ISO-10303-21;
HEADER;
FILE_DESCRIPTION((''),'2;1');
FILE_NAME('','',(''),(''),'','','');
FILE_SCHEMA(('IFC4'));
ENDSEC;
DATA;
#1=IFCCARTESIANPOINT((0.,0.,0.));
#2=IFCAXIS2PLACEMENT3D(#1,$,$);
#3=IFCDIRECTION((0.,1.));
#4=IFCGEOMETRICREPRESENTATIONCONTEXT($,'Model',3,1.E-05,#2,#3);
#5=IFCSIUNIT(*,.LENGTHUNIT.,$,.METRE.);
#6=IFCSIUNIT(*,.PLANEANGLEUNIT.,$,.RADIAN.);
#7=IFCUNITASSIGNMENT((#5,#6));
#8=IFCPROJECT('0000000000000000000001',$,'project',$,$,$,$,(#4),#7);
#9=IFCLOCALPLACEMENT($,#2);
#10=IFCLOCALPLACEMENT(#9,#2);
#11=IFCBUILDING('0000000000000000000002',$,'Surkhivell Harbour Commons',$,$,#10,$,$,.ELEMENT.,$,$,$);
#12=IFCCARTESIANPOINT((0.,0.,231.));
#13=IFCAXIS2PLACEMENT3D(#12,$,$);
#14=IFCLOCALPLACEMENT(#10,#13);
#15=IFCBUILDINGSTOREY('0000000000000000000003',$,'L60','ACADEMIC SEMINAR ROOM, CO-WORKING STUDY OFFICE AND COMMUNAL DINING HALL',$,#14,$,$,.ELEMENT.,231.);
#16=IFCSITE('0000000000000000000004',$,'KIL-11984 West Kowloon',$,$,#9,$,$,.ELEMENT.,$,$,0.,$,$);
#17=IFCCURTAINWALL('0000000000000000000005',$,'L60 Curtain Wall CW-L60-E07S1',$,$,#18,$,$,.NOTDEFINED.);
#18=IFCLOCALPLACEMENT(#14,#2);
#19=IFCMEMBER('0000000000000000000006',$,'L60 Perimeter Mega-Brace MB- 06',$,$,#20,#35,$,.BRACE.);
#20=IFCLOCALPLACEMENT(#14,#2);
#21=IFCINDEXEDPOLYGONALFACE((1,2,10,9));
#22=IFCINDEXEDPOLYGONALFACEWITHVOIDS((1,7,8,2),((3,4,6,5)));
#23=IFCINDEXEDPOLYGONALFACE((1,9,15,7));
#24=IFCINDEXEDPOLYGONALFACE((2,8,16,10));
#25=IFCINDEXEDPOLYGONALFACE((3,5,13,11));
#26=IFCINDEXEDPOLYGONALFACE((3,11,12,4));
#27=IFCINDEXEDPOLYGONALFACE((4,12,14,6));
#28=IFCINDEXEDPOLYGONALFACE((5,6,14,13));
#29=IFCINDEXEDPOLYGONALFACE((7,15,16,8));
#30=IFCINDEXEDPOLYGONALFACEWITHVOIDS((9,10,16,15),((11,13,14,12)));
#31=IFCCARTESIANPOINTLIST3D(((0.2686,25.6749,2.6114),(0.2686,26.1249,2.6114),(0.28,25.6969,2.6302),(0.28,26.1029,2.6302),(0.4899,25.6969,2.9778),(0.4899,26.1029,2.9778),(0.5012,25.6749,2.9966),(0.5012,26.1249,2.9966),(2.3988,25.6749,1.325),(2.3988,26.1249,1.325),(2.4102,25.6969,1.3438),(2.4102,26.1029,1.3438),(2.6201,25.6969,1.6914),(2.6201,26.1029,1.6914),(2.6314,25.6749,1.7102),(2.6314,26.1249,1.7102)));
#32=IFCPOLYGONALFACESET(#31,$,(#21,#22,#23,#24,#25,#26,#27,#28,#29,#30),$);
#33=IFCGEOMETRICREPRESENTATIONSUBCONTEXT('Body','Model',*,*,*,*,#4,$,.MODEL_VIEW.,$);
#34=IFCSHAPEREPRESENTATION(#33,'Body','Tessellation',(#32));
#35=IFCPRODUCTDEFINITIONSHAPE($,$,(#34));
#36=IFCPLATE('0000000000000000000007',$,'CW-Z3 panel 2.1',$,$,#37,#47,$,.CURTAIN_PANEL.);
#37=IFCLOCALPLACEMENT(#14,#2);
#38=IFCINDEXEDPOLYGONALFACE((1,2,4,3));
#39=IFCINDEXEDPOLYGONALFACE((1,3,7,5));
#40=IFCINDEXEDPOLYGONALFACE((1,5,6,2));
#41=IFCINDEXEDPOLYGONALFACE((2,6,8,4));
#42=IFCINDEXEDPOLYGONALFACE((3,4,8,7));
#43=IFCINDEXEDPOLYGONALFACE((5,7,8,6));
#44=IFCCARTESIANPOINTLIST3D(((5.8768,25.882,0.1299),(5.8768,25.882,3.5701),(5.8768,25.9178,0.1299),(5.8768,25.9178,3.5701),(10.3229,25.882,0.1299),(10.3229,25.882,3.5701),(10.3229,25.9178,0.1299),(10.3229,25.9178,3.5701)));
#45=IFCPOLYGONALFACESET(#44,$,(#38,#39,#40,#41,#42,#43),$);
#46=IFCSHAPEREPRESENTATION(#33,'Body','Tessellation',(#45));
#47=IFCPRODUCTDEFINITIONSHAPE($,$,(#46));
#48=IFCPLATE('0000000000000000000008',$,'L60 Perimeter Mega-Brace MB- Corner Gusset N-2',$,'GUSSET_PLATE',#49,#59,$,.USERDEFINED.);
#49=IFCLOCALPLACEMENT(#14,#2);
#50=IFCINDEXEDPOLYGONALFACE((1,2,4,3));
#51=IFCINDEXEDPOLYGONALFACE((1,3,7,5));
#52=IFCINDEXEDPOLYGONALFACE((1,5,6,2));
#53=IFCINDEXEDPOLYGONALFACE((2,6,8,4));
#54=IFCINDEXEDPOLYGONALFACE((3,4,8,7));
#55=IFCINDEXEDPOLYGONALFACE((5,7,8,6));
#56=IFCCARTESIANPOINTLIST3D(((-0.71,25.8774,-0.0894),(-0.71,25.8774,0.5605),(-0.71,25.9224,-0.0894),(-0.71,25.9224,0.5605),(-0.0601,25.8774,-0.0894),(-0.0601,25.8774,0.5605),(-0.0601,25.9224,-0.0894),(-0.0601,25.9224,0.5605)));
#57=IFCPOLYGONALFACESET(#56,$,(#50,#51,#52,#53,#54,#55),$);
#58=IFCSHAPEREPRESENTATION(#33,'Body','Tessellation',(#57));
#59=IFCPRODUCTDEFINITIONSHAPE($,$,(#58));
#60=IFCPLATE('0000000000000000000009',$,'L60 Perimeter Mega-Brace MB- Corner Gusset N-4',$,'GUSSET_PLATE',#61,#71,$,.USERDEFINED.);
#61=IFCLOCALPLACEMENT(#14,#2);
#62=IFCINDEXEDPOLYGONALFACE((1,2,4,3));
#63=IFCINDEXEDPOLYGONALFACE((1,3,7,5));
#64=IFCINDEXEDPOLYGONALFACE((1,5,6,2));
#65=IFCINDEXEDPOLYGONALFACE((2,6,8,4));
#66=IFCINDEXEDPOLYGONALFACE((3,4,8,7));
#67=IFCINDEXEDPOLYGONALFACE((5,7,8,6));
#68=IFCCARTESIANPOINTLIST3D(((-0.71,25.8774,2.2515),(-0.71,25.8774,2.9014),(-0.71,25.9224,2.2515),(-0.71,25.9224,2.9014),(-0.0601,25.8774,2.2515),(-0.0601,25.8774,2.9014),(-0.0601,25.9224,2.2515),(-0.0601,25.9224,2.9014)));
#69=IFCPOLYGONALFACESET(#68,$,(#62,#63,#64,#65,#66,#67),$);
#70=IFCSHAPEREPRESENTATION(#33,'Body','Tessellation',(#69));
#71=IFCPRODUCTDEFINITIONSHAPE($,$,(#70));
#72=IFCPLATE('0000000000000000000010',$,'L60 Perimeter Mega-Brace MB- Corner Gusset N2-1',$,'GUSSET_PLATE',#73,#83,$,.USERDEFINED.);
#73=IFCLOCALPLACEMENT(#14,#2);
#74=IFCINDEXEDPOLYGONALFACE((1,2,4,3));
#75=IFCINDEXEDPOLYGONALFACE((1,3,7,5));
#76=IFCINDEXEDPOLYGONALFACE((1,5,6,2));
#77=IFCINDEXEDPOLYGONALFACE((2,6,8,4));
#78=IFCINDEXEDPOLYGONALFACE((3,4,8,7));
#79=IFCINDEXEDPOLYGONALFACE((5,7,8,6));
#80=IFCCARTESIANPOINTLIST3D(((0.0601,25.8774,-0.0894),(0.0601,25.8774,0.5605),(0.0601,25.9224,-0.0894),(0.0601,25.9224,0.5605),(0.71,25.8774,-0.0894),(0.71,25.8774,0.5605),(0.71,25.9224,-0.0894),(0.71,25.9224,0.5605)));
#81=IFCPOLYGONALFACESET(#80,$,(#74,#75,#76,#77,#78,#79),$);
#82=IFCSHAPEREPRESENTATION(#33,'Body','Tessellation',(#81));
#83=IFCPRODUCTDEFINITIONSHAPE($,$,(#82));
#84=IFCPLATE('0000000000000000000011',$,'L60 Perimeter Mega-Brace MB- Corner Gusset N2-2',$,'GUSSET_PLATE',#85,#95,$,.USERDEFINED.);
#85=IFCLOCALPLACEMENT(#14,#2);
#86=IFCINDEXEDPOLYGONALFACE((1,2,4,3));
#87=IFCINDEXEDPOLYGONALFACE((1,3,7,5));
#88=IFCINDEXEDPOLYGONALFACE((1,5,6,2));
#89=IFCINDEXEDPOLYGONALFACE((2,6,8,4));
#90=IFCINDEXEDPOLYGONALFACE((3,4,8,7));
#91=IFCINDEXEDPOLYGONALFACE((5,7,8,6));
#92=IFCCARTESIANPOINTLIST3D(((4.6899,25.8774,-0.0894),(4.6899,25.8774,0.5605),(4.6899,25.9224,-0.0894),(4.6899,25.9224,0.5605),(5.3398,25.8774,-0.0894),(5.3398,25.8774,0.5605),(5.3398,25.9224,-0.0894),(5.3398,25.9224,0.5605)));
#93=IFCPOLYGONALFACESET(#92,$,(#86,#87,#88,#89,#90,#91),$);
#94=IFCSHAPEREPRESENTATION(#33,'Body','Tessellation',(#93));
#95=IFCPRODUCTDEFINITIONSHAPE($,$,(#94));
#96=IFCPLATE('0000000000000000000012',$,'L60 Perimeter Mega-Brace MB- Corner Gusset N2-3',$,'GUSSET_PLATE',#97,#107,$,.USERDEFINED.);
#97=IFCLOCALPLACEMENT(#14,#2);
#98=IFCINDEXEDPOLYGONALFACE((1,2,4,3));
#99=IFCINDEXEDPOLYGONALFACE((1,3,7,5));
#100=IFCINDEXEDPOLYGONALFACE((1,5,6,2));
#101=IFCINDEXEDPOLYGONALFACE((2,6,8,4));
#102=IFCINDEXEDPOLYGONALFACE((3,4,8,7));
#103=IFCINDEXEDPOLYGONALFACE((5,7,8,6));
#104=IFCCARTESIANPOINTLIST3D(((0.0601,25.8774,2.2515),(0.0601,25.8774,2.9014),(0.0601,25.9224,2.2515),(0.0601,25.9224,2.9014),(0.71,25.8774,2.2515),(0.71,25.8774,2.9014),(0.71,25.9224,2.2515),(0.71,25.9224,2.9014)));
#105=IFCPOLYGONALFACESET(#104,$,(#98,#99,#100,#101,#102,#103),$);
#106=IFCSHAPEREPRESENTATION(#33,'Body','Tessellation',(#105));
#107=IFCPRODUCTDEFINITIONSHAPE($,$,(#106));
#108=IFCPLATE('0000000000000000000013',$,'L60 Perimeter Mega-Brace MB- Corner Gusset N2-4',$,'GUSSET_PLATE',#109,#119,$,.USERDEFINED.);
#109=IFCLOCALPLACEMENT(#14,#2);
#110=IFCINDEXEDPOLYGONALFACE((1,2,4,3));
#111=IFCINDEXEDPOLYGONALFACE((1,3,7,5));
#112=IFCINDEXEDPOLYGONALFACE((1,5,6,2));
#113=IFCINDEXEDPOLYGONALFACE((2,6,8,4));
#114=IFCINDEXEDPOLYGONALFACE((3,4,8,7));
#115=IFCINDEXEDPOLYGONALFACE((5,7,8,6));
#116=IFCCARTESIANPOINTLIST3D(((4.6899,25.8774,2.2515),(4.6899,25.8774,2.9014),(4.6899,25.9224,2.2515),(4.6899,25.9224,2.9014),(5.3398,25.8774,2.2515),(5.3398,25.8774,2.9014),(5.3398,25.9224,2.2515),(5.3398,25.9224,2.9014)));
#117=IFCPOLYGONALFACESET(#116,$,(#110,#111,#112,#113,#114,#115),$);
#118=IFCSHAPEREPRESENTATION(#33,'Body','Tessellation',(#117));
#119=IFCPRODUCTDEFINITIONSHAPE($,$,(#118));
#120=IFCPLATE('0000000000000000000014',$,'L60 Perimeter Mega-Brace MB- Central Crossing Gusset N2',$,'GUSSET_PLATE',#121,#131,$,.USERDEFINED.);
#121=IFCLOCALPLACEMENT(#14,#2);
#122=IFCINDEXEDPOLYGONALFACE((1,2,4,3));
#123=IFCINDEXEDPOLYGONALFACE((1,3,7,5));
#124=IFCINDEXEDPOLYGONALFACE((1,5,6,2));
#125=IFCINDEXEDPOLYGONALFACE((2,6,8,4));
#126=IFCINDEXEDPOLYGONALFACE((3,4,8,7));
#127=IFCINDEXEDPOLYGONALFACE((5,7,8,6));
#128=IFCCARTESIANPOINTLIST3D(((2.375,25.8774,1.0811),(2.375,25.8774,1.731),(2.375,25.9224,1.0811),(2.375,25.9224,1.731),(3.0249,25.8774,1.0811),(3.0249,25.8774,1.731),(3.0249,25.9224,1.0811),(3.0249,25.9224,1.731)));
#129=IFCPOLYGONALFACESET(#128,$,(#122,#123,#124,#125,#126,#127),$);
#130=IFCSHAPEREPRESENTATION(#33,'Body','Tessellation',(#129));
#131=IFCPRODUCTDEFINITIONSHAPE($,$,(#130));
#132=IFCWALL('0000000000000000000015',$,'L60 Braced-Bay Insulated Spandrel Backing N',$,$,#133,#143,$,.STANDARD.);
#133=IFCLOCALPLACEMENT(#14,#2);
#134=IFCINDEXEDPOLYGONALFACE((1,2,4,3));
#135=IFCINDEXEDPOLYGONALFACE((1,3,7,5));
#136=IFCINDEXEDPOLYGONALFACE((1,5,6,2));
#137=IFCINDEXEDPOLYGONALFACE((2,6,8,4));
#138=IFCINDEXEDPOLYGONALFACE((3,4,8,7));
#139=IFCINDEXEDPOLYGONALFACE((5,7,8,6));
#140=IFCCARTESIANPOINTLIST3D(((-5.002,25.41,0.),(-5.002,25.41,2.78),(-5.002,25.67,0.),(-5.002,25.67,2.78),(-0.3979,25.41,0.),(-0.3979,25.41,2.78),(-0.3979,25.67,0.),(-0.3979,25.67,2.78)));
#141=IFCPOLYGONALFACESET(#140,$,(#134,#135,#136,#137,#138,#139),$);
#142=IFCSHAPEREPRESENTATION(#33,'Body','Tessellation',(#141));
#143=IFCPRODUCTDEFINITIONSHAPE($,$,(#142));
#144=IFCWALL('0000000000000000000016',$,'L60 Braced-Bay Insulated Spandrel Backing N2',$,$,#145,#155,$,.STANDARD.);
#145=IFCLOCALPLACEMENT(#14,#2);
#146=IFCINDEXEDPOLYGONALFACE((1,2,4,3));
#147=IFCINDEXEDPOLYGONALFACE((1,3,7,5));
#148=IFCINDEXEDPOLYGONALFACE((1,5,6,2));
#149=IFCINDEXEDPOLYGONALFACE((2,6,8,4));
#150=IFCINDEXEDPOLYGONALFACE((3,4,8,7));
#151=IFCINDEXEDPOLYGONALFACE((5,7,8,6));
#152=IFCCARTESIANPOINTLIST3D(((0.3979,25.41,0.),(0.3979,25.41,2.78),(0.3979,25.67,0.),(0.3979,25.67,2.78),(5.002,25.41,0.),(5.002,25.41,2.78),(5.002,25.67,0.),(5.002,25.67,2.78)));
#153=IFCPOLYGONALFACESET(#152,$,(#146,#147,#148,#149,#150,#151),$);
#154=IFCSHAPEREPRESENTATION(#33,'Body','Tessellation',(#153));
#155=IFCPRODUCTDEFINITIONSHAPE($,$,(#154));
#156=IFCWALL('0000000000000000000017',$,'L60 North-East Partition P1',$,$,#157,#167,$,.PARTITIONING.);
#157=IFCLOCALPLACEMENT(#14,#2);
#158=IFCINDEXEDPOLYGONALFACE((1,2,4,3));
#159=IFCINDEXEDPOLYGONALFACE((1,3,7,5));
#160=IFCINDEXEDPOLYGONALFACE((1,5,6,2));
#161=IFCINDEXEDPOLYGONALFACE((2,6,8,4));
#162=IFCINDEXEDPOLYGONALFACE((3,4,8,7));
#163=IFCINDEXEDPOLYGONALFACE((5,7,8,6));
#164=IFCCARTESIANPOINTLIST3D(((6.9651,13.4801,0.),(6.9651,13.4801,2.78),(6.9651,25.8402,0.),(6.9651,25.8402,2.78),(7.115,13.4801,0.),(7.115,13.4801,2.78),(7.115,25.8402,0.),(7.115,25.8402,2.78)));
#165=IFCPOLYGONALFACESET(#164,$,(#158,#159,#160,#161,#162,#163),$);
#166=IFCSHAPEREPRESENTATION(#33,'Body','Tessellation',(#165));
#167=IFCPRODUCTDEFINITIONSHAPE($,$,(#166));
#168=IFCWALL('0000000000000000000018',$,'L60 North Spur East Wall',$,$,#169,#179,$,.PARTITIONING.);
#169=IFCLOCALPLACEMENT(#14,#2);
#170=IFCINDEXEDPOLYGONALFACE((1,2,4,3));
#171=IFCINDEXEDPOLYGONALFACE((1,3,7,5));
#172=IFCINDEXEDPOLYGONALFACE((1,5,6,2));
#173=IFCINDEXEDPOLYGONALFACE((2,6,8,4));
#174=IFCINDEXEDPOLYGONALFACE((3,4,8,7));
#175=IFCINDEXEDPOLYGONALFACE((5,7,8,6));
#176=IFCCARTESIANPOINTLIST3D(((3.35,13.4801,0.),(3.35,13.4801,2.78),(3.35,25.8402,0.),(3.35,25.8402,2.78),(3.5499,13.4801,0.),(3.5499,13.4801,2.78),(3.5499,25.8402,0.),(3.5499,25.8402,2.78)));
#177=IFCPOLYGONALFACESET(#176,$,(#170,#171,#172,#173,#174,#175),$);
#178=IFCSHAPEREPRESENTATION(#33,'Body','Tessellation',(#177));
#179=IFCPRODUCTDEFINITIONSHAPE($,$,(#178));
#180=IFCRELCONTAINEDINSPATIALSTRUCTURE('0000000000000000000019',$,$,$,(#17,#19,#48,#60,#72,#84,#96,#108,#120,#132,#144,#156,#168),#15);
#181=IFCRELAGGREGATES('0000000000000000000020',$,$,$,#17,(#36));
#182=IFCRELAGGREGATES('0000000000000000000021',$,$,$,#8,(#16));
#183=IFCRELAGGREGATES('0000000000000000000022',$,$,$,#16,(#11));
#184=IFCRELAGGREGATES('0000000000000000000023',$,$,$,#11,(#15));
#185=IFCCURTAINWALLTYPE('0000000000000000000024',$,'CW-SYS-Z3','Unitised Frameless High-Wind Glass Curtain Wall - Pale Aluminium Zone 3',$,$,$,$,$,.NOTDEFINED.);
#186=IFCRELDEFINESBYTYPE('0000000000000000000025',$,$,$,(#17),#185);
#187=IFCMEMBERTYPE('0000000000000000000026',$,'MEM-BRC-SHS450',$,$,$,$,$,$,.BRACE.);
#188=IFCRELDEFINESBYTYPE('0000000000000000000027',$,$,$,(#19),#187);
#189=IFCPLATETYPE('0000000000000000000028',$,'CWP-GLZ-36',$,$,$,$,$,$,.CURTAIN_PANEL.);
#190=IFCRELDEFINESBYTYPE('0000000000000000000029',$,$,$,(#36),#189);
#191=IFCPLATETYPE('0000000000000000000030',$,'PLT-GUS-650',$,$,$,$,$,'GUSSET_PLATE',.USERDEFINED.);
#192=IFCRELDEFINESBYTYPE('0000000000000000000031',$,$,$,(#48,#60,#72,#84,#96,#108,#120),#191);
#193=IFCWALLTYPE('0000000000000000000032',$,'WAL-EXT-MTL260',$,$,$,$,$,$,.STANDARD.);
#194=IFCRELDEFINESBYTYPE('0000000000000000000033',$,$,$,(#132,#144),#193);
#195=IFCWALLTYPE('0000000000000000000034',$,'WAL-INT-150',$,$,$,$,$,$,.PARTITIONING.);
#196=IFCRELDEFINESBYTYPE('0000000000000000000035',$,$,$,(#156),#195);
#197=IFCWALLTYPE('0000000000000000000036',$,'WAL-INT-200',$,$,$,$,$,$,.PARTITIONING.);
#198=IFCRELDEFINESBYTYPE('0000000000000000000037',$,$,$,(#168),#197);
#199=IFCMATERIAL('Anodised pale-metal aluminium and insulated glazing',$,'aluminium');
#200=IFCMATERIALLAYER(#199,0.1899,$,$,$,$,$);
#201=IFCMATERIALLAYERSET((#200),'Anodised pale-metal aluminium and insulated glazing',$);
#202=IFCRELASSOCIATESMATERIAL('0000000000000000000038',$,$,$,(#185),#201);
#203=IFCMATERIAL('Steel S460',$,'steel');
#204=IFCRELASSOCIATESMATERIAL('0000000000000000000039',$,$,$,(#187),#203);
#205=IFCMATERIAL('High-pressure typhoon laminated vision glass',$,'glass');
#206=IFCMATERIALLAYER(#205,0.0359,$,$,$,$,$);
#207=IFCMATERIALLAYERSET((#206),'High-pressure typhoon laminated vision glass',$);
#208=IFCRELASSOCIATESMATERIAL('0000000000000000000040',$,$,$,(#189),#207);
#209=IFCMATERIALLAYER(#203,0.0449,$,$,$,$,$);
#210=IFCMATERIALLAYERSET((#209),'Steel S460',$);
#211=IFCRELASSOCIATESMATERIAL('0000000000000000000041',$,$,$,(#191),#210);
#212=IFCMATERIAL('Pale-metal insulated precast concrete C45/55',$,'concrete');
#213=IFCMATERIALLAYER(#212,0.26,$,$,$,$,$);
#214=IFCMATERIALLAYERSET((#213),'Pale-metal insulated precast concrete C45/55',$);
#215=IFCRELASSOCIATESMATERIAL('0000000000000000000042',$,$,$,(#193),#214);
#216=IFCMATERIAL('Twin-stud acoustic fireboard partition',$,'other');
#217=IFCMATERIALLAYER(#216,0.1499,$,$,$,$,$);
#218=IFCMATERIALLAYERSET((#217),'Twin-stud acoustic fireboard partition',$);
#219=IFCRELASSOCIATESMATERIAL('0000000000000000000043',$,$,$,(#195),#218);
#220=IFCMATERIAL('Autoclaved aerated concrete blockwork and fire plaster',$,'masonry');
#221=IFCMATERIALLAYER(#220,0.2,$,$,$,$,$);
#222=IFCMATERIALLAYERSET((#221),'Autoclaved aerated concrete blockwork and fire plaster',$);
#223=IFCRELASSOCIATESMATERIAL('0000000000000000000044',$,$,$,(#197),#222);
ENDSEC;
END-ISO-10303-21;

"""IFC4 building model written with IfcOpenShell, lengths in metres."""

from ifc_helpers import new_model, si_unit, direction, frame, frame_2d, origin, origin_2d, place, context, subcontext, project, spatial, rectangle, hollow_rectangle, extrude, material, layer, layer_set, material_profile, profile_set, type_object, element, aggregate, save


model = new_model("IFC4")

# Units and contexts
model_context = context("Model", 3, precision=1e-05, world=origin(), true_north=direction((0.0, 1.0)))
body_context = subcontext(model_context, "Body", "Model", "MODEL_VIEW")
ifc_project = project(units=[si_unit("LENGTHUNIT", "METRE"), si_unit("PLANEANGLEUNIT", "RADIAN")], contexts=[model_context])

# Site, building, storey
site_placement = place(None, origin())
site = spatial("IfcSite", under=ifc_project, at=site_placement, Name="KIL-11984 West Kowloon", CompositionType="ELEMENT", RefElevation=0.0)
building_placement = place(site_placement, origin())
building = spatial("IfcBuilding", under=site, at=building_placement, Name="Surkhivell Harbour Commons", CompositionType="ELEMENT")
storey_placement = place(building_placement, frame((0.0, 0.0, 231.0)))
storey = spatial("IfcBuildingStorey", under=building, at=storey_placement, Name="L60", Description="ACADEMIC SEMINAR ROOM, CO-WORKING STUDY OFFICE AND COMMUNAL DINING HALL", CompositionType="ELEMENT", Elevation=231.0)

# Curtain wall
ifc_material_1 = material(Name="Anodised pale-metal aluminium and insulated glazing", Category="aluminium")
ifc_layer_1 = layer(ifc_material_1, 0.1899)
ifc_layer_set_1 = layer_set([ifc_layer_1], Name="Anodised pale-metal aluminium and insulated glazing")
curtain_wall_type = type_object("IfcCurtainWallType", Name="CW-SYS-Z3", Description="Unitised Frameless High-Wind Glass Curtain Wall - Pale Aluminium Zone 3", PredefinedType="NOTDEFINED", material=ifc_layer_set_1)
curtain_wall_placement = place(storey_placement, origin())
curtain_wall = element("IfcCurtainWall", 1, at=curtain_wall_placement, inside=storey, type_object=curtain_wall_type, Name="L60 Curtain Wall CW-L60-E07S1", PredefinedType="NOTDEFINED")

# Member
ifc_material_2 = material(Name="Steel S460", Category="steel")
ifc_material_profile_1 = material_profile(ifc_material_2, hollow_rectangle(XDim=0.45, YDim=0.45, WallThickness=0.022, at=origin_2d()), Name="SHS450x450x22")
ifc_profile_set_1 = profile_set([ifc_material_profile_1], Name="Steel S460")
member_type_1 = type_object("IfcMemberType", Name="MEM-BRC-SHS450", PredefinedType="BRACE", material=ifc_profile_set_1)
member_1_placement = place(storey_placement, frame((2.5151, 25.8999, 1.5176), z_axis=(-0.856018, 0.0, 0.516946), x_axis=(0.0, -1.0, 0.0)))
element("IfcMember", 2, at=member_1_placement, inside=storey, type_object=member_type_1, Name="L60 Perimeter Mega-Brace MB- 06", PredefinedType="BRACE", context=body_context, shape_type="SweptSolid", body=[
    extrude(hollow_rectangle(XDim=0.45, YDim=0.45, WallThickness=0.022, at=origin_2d()), origin(), (0.0, 0.0, 1.0), 2.4885),
])

# Plate
ifc_material_3 = material(Name="High-pressure typhoon laminated vision glass", Category="glass")
ifc_layer_2 = layer(ifc_material_3, 0.0359)
ifc_layer_set_2 = layer_set([ifc_layer_2], Name="High-pressure typhoon laminated vision glass")
plate_type_1 = type_object("IfcPlateType", Name="CWP-GLZ-36", PredefinedType="CURTAIN_PANEL", material=ifc_layer_set_2)
plate_placement = place(storey_placement, frame((10.323, 25.8999, 0.1299), z_axis=(0.0, 0.0, 1.0), x_axis=(-1.0, 0.0, 0.0)))
plate = element("IfcPlate", 3, at=plate_placement, type_object=plate_type_1, Name="CW-Z3 panel 2.1", PredefinedType="CURTAIN_PANEL", context=body_context, shape_type="SweptSolid", body=[
    extrude(rectangle(XDim=4.446, YDim=0.0359, at=frame_2d((2.2231, 0.0))), origin(), (0.0, 0.0, 1.0), 3.4402),
])
aggregate(curtain_wall, [plate])

# Plates
ifc_layer_3 = layer(ifc_material_2, 0.0449)
ifc_layer_set_3 = layer_set([ifc_layer_3], Name="Steel S460")
plate_type_2 = type_object("IfcPlateType", Name="PLT-GUS-650", ElementType="GUSSET_PLATE", PredefinedType="USERDEFINED", material=ifc_layer_set_3)
for number, where, z_axis, x_axis, name in (
    (4, (-0.385, 25.8999, -0.0894), (0.0, 0.0, 1.0), (1.0, 0.0, 0.0), "L60 Perimeter Mega-Brace MB- Corner Gusset N-2"),
    (5, (-0.385, 25.8999, 2.2515), (0.0, 0.0, 1.0), (1.0, 0.0, 0.0), "L60 Perimeter Mega-Brace MB- Corner Gusset N-4"),
    (6, (0.385, 25.8999, -0.0894), (0.0, 0.0, 1.0), (1.0, 0.0, 0.0), "L60 Perimeter Mega-Brace MB- Corner Gusset N2-1"),
    (7, (5.0149, 25.8999, -0.0894), (0.0, 0.0, 1.0), (1.0, 0.0, 0.0), "L60 Perimeter Mega-Brace MB- Corner Gusset N2-2"),
    (8, (0.385, 25.8999, 2.2515), (0.0, 0.0, 1.0), (1.0, 0.0, 0.0), "L60 Perimeter Mega-Brace MB- Corner Gusset N2-3"),
    (9, (5.0149, 25.8999, 2.2515), (0.0, 0.0, 1.0), (1.0, 0.0, 0.0), "L60 Perimeter Mega-Brace MB- Corner Gusset N2-4"),
    (10, (2.7, 25.8999, 1.0811), (0.0, 0.0, 1.0), (1.0, 0.0, 0.0), "L60 Perimeter Mega-Brace MB- Central Crossing Gusset N2"),
):
    element("IfcPlate", number, at=place(storey_placement, frame(where, z_axis=z_axis, x_axis=x_axis)), inside=storey, type_object=plate_type_2, Name=name, ObjectType="GUSSET_PLATE", PredefinedType="USERDEFINED", context=body_context, shape_type="SweptSolid", body=[
        extrude(rectangle(XDim=0.6499, YDim=0.0449, at=origin_2d()), origin(), (0.0, 0.0, 1.0), 0.6499),
    ])

# Walls
ifc_material_4 = material(Name="Pale-metal insulated precast concrete C45/55", Category="concrete")
ifc_layer_4 = layer(ifc_material_4, 0.26)
ifc_layer_set_4 = layer_set([ifc_layer_4], Name="Pale-metal insulated precast concrete C45/55")
wall_type_1 = type_object("IfcWallType", Name="WAL-EXT-MTL260", PredefinedType="STANDARD", material=ifc_layer_set_4)
for number, where, z_axis, x_axis, name in (
    (11, (-0.3979, 25.54, 0.0), (0.0, 0.0, 1.0), (-1.0, 0.0, 0.0), "L60 Braced-Bay Insulated Spandrel Backing N"),
    (12, (5.002, 25.54, 0.0), (0.0, 0.0, 1.0), (-1.0, 0.0, 0.0), "L60 Braced-Bay Insulated Spandrel Backing N2"),
):
    element("IfcWall", number, at=place(storey_placement, frame(where, z_axis=z_axis, x_axis=x_axis)), inside=storey, type_object=wall_type_1, Name=name, PredefinedType="STANDARD", context=body_context, shape_type="SweptSolid", body=[
        extrude(rectangle(XDim=4.604, YDim=0.26, at=frame_2d((2.302, 0.0))), origin(), (0.0, 0.0, 1.0), 2.78),
    ])
ifc_material_5 = material(Name="Twin-stud acoustic fireboard partition", Category="other")
ifc_layer_5 = layer(ifc_material_5, 0.1499)
ifc_layer_set_5 = layer_set([ifc_layer_5], Name="Twin-stud acoustic fireboard partition")
wall_type_2 = type_object("IfcWallType", Name="WAL-INT-150", PredefinedType="PARTITIONING", material=ifc_layer_set_5)
wall_1_placement = place(storey_placement, frame((7.04, 13.48, 0.0), z_axis=(0.0, 0.0, 1.0), x_axis=(0.0, 1.0, 0.0)))
element("IfcWall", 13, at=wall_1_placement, inside=storey, type_object=wall_type_2, Name="L60 North-East Partition P1", PredefinedType="PARTITIONING", context=body_context, shape_type="SweptSolid", body=[
    extrude(rectangle(XDim=12.3601, YDim=0.1499, at=frame_2d((6.1802, 0.0))), origin(), (0.0, 0.0, 1.0), 2.78),
])
ifc_material_6 = material(Name="Autoclaved aerated concrete blockwork and fire plaster", Category="masonry")
ifc_layer_6 = layer(ifc_material_6, 0.2)
ifc_layer_set_6 = layer_set([ifc_layer_6], Name="Autoclaved aerated concrete blockwork and fire plaster")
wall_type_3 = type_object("IfcWallType", Name="WAL-INT-200", PredefinedType="PARTITIONING", material=ifc_layer_set_6)
wall_2_placement = place(storey_placement, frame((3.45, 13.48, 0.0), z_axis=(0.0, 0.0, 1.0), x_axis=(0.0, 1.0, 0.0)))
element("IfcWall", 14, at=wall_2_placement, inside=storey, type_object=wall_type_3, Name="L60 North Spur East Wall", PredefinedType="PARTITIONING", context=body_context, shape_type="SweptSolid", body=[
    extrude(rectangle(XDim=12.3601, YDim=0.2, at=frame_2d((6.1802, 0.0))), origin(), (0.0, 0.0, 1.0), 2.78),
])

save(model, "model.ifc")
